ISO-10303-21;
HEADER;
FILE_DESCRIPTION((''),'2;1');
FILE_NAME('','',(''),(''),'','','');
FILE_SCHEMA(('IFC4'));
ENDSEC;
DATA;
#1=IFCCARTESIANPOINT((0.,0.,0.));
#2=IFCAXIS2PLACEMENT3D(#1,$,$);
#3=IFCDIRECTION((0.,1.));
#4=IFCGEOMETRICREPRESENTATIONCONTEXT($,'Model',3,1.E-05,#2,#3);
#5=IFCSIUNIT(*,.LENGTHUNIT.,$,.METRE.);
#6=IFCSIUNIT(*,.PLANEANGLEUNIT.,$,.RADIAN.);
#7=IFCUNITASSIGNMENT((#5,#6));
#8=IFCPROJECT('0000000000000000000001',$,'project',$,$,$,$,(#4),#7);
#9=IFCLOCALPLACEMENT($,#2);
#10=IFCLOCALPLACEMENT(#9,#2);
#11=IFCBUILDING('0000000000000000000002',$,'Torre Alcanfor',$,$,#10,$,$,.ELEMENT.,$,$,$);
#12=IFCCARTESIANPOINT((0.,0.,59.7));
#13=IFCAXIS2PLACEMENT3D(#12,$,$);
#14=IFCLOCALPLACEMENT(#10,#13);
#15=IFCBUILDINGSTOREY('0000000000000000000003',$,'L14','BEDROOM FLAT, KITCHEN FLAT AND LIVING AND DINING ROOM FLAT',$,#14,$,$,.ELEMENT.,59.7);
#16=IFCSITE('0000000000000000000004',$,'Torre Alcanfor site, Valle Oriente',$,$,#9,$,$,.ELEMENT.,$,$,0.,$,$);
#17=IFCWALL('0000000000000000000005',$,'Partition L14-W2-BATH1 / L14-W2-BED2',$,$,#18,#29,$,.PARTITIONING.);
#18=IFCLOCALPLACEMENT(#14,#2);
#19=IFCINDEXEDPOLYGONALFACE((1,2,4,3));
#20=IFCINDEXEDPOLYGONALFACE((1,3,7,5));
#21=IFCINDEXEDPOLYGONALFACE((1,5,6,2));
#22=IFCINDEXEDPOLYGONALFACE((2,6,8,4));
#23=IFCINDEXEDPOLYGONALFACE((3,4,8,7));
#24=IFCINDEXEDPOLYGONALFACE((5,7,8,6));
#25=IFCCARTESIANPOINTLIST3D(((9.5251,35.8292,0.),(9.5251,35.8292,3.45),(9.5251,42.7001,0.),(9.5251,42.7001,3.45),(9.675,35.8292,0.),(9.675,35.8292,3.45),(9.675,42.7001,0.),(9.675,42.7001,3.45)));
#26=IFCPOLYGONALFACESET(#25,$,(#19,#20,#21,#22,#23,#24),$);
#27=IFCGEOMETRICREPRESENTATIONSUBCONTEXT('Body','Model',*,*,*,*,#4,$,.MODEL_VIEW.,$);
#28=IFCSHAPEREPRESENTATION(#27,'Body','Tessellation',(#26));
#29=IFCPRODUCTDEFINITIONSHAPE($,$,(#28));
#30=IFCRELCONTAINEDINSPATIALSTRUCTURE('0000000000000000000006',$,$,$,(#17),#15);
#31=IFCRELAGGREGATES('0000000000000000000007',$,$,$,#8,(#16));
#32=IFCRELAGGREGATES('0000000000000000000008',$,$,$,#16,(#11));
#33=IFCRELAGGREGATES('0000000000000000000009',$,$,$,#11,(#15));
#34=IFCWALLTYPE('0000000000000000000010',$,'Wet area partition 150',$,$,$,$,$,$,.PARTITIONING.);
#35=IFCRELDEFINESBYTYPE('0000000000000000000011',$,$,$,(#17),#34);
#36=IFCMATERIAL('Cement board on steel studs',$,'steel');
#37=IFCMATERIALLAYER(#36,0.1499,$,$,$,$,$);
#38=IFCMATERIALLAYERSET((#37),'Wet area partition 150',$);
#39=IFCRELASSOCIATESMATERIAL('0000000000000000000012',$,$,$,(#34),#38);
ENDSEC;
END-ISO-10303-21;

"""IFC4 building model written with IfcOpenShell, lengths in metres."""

from ifc_helpers import new_model, si_unit, direction, frame, frame_2d, origin, place, context, subcontext, project, spatial, rectangle, extrude, material, layer, layer_set, type_object, element, save


model = new_model("IFC4")

# Units and contexts
model_context = context("Model", 3, precision=1e-05, world=origin(), true_north=direction((0.0, 1.0)))
body_context = subcontext(model_context, "Body", "Model", "MODEL_VIEW")
ifc_project = project(units=[si_unit("LENGTHUNIT", "METRE"), si_unit("PLANEANGLEUNIT", "RADIAN")], contexts=[model_context])

# Site, building, storey
site_placement = place(None, origin())
site = spatial("IfcSite", under=ifc_project, at=site_placement, Name="Torre Alcanfor site, Valle Oriente", CompositionType="ELEMENT", RefElevation=0.0)
building_placement = place(site_placement, origin())
building = spatial("IfcBuilding", under=site, at=building_placement, Name="Torre Alcanfor", CompositionType="ELEMENT")
storey_placement = place(building_placement, frame((0.0, 0.0, 59.7)))
storey = spatial("IfcBuildingStorey", under=building, at=storey_placement, Name="L14", Description="BEDROOM FLAT, KITCHEN FLAT AND LIVING AND DINING ROOM FLAT", CompositionType="ELEMENT", Elevation=59.7)

# Shared definitions
ifc_material_1 = material(Name="Cement board on steel studs", Category="steel")
ifc_layer_1 = layer(ifc_material_1, 0.1499)
ifc_layer_set_1 = layer_set([ifc_layer_1], Name="Wet area partition 150")
wall_type_1 = type_object("IfcWallType", Name="Wet area partition 150", PredefinedType="PARTITIONING", material=ifc_layer_set_1)

# Wall
for number, where, z_axis, x_axis, name in (
    (1, (9.6001, 35.8291, 0.0), (0.0, 0.0, 1.0), (0.0, 1.0, 0.0), "Partition L14-W2-BATH1 / L14-W2-BED2"),
):
    element("IfcWall", number, at=place(storey_placement, frame(where, z_axis=z_axis, x_axis=x_axis)), inside=storey, type_object=wall_type_1, Name=name, PredefinedType="PARTITIONING", context=body_context, shape_type="SweptSolid", body=[
        extrude(rectangle(XDim=6.8708, YDim=0.1499, at=frame_2d((3.4355, 0.0))), origin(), (0.0, 0.0, 1.0), 3.45),
    ])

save(model, "model.ifc")
